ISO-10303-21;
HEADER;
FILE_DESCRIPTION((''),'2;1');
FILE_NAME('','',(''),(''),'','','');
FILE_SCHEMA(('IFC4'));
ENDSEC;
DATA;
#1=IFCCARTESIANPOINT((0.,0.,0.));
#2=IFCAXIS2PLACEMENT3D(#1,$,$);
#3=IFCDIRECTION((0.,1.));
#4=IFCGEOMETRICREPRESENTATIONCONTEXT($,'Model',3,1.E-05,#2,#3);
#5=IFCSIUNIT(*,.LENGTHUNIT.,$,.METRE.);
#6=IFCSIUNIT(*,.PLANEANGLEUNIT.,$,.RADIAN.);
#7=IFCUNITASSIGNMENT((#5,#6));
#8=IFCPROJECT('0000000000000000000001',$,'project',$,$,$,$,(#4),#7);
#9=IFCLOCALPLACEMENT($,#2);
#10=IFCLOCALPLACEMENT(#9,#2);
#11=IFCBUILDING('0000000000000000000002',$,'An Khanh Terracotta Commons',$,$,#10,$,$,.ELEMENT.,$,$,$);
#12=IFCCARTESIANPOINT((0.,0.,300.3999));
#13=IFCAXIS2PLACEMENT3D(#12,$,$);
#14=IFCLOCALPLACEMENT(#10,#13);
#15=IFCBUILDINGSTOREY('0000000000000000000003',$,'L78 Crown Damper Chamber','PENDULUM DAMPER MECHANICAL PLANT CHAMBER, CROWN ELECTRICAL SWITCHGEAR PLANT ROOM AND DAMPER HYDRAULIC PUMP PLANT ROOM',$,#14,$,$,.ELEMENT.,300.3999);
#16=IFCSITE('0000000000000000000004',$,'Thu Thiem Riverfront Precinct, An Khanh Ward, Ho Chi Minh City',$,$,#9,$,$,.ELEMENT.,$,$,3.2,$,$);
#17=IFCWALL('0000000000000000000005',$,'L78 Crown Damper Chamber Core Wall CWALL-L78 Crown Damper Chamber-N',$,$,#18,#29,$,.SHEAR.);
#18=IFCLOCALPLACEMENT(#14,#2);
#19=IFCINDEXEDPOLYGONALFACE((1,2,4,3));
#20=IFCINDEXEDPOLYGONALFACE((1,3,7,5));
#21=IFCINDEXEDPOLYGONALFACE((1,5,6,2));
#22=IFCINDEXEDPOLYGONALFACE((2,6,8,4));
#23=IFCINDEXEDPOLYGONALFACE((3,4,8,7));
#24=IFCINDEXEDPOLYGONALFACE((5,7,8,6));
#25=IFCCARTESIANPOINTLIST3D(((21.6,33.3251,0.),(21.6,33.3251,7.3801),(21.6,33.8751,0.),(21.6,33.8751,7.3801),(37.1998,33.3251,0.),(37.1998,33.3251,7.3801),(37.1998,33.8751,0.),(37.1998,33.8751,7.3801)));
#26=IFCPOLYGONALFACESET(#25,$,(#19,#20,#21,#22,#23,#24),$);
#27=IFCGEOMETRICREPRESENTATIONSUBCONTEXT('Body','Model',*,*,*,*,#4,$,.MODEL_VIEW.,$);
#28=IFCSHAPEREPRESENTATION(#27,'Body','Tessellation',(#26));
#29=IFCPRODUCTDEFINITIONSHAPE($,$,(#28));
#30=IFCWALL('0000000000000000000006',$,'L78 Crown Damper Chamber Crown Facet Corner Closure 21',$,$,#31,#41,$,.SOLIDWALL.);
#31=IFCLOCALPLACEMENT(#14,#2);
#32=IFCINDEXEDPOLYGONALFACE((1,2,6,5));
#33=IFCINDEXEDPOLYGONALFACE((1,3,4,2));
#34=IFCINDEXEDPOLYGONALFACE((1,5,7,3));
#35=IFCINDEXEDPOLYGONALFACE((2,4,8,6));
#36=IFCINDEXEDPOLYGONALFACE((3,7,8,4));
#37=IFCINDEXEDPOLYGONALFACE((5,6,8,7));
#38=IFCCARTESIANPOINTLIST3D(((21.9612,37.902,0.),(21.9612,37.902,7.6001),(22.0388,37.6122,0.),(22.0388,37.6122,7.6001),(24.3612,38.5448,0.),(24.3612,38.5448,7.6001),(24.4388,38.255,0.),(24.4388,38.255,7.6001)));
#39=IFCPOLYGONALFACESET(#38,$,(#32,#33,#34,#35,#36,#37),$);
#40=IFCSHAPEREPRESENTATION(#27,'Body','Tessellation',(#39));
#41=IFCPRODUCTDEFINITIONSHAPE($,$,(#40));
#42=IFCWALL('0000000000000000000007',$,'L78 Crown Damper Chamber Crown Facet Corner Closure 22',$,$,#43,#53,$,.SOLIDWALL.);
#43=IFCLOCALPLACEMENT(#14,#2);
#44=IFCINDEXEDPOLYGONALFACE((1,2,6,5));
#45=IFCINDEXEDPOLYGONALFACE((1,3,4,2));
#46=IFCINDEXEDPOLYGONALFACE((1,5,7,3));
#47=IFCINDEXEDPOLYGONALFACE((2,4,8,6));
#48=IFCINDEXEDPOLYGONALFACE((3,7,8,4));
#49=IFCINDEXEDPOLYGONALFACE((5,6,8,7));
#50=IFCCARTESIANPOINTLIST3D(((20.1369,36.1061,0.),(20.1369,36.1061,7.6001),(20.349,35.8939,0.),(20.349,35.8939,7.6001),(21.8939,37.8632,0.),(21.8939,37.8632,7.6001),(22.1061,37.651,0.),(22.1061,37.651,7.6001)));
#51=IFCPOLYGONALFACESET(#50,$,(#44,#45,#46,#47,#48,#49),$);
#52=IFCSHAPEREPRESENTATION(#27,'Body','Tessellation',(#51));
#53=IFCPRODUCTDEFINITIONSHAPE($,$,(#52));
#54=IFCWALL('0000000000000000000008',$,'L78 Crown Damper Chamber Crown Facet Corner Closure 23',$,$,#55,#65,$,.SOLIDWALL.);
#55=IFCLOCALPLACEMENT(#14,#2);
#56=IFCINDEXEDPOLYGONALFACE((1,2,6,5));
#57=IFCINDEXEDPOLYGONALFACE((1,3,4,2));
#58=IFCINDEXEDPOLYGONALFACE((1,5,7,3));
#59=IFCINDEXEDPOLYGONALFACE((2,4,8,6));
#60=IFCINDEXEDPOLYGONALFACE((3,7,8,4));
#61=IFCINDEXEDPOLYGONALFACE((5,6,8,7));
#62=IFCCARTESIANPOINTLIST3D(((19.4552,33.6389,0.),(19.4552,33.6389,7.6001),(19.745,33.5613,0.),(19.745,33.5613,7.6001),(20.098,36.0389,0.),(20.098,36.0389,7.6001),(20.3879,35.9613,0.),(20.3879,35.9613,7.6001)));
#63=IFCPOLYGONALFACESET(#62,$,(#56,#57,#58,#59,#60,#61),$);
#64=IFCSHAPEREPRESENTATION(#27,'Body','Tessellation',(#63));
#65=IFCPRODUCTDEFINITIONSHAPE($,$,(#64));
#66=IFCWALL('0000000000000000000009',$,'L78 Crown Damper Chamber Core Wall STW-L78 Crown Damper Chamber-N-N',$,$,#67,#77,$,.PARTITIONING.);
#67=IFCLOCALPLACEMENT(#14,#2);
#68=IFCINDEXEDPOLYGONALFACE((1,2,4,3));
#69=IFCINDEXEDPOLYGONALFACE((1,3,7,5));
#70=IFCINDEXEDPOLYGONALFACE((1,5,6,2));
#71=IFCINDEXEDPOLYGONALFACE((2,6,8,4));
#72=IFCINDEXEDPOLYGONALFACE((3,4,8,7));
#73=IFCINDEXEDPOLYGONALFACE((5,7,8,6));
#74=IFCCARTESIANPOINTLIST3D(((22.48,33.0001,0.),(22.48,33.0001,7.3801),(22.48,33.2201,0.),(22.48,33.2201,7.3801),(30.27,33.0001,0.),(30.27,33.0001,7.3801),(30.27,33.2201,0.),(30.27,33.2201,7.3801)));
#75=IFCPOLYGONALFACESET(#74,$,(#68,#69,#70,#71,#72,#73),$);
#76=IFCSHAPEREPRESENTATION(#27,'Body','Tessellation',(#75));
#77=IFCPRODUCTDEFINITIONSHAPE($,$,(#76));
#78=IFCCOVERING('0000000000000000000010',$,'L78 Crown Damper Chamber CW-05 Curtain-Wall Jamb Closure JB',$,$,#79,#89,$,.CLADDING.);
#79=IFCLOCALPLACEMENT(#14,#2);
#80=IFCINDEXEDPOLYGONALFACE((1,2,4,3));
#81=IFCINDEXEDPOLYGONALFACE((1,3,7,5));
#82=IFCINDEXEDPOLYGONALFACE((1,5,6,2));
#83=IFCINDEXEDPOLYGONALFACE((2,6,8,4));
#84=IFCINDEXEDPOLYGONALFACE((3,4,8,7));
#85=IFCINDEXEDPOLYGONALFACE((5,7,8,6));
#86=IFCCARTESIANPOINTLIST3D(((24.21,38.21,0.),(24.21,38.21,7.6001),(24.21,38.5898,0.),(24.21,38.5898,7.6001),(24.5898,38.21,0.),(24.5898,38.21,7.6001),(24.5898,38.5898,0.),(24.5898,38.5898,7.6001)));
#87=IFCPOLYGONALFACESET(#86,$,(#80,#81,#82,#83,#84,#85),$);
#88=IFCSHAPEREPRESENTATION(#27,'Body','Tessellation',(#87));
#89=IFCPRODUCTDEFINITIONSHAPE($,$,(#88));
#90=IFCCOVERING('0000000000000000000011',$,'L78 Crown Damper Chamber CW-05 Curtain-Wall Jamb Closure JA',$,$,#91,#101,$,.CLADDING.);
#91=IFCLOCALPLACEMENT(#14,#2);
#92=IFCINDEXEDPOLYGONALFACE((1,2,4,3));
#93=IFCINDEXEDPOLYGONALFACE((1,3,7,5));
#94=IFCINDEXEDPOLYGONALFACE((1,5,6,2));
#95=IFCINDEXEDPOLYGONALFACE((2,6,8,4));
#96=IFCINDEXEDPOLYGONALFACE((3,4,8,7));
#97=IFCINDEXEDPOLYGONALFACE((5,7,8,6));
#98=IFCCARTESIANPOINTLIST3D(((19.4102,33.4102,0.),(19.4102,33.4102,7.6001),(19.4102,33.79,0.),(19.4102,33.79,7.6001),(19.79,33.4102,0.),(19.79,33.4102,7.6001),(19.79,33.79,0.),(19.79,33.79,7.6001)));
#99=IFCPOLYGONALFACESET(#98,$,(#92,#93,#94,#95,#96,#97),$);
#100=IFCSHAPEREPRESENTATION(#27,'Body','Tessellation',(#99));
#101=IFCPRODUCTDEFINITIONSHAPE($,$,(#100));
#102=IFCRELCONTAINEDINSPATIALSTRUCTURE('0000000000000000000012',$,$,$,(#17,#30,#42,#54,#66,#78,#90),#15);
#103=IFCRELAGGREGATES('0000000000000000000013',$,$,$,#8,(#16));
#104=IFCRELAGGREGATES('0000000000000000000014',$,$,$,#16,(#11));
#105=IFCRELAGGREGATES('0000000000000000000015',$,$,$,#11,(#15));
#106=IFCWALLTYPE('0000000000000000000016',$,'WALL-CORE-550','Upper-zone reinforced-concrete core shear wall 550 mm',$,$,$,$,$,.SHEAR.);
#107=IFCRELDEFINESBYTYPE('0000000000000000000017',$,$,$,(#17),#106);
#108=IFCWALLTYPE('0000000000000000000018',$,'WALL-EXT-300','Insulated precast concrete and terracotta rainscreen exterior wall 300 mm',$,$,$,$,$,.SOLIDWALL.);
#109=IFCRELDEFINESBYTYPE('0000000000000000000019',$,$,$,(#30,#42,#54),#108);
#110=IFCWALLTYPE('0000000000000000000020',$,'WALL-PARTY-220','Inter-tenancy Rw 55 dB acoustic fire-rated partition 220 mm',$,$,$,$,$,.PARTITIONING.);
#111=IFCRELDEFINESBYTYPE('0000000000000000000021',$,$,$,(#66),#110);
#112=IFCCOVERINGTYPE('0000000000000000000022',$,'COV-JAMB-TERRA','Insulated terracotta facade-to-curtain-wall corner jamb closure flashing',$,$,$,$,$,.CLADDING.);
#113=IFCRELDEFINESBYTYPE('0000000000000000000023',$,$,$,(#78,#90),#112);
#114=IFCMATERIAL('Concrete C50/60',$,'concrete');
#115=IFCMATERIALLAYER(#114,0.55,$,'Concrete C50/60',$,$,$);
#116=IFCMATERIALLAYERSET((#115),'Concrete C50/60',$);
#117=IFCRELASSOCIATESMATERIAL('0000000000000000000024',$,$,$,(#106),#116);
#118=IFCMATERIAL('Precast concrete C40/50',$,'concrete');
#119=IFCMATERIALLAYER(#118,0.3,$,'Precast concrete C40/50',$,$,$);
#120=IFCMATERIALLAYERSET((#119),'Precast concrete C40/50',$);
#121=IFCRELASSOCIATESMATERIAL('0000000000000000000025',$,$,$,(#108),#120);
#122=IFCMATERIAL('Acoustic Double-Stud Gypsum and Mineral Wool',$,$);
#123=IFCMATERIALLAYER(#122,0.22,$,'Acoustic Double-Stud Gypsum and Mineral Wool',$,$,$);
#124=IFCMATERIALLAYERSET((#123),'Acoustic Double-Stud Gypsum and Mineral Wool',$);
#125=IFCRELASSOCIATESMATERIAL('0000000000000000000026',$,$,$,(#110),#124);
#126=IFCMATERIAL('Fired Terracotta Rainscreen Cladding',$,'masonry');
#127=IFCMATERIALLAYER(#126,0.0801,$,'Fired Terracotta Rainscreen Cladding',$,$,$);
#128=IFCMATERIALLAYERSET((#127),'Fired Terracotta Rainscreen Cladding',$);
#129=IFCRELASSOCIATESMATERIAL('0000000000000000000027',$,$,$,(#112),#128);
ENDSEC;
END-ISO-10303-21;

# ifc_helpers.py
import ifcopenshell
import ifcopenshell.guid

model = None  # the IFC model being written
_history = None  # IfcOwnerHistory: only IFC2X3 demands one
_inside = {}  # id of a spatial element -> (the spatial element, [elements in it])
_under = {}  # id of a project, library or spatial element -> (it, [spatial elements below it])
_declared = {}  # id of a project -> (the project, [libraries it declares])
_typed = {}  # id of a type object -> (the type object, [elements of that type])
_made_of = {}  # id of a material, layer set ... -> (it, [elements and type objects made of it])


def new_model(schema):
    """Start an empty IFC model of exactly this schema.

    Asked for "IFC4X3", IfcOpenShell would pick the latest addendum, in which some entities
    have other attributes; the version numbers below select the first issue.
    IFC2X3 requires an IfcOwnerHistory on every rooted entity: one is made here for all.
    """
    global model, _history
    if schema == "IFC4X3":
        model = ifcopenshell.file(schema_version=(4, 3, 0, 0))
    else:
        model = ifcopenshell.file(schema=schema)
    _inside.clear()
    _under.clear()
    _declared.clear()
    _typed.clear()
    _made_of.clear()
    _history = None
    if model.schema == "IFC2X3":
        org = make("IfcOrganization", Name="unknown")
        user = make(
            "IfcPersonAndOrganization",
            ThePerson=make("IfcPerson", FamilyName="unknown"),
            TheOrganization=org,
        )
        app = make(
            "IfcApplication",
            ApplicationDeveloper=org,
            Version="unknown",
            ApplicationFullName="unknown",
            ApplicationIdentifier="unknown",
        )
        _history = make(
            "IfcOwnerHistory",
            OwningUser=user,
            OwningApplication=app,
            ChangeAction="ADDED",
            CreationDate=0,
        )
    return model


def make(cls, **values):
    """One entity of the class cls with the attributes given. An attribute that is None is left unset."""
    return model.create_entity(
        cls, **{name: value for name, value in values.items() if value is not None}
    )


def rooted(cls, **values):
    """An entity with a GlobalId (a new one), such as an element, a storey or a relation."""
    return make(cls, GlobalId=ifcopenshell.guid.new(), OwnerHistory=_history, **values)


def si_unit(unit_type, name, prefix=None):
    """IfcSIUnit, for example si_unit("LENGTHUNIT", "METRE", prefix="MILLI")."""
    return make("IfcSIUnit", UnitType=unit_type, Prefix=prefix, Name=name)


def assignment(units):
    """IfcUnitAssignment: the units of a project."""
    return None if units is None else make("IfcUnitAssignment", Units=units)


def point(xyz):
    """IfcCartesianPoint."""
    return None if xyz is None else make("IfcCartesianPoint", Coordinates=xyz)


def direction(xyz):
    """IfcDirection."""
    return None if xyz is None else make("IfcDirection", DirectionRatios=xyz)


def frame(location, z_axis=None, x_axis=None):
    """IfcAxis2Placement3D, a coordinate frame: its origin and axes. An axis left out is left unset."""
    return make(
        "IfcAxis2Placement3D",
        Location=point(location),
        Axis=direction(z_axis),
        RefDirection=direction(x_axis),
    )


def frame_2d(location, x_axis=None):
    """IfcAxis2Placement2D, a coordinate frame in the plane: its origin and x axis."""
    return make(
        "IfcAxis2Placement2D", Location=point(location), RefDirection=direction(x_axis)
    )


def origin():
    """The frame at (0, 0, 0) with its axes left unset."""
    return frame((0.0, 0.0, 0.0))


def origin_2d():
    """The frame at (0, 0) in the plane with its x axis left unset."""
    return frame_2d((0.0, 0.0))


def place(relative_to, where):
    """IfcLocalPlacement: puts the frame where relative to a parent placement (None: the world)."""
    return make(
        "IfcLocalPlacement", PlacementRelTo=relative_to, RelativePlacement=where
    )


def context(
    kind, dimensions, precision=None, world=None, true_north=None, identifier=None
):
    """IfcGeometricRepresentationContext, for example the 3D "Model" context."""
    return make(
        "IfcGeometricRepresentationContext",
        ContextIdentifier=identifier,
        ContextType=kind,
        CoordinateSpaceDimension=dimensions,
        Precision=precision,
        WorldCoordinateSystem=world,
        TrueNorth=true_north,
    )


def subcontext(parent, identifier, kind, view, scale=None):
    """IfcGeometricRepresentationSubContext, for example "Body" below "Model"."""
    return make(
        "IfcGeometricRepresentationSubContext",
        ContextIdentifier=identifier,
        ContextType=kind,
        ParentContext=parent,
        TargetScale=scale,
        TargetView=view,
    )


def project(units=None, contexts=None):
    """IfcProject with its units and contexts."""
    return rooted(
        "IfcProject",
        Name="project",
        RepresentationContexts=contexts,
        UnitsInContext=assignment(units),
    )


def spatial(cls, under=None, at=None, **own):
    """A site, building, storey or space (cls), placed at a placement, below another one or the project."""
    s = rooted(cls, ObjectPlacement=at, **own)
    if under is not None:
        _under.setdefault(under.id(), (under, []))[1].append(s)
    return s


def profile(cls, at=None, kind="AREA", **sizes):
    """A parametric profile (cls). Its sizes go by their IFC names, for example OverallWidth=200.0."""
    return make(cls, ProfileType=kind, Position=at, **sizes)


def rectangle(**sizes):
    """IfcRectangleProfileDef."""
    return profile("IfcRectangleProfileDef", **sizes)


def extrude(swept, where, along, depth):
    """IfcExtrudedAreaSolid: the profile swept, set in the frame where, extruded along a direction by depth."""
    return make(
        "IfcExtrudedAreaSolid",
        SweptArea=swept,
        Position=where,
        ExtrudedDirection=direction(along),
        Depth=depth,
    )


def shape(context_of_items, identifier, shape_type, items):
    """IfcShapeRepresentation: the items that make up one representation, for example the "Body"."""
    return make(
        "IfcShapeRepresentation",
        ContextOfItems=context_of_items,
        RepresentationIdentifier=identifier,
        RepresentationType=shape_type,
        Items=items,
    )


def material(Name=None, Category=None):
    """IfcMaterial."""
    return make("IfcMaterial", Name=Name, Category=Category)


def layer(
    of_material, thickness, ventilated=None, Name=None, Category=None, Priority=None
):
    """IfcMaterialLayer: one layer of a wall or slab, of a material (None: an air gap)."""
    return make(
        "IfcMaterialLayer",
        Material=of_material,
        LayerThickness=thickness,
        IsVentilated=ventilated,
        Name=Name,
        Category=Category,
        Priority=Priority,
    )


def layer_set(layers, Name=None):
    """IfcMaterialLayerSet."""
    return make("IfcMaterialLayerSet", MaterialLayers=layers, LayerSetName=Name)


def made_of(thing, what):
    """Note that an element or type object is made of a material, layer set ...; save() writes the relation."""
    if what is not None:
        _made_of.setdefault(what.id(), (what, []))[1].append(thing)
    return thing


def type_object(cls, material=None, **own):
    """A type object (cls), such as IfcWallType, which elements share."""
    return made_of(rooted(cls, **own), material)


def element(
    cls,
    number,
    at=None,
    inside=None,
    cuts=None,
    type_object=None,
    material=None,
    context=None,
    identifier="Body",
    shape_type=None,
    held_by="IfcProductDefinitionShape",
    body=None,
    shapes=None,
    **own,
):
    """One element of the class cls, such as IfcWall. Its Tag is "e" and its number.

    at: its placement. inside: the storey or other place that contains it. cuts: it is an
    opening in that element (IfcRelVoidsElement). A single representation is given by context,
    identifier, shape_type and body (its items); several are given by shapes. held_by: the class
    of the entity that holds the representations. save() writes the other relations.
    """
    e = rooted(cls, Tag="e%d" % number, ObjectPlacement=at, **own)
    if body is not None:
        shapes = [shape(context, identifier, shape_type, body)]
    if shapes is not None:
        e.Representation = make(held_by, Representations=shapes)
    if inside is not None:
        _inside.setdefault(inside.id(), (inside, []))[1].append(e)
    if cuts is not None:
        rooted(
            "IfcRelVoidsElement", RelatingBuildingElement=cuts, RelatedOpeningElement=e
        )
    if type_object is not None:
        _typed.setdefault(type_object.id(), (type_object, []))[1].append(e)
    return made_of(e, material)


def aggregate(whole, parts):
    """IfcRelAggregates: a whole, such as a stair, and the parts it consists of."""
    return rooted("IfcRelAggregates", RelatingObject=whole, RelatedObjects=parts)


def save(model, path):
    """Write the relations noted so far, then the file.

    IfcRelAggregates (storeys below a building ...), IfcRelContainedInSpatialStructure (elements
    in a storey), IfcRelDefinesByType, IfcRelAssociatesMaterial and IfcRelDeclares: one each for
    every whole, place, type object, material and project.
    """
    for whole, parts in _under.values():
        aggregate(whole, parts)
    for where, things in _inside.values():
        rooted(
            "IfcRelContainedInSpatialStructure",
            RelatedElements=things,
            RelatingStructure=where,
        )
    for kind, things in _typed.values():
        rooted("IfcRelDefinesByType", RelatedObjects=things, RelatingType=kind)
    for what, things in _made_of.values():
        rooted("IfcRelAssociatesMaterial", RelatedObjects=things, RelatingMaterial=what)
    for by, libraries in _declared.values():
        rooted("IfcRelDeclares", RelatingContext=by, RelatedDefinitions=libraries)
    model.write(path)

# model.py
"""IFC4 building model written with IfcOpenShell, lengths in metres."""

from ifc_helpers import new_model, si_unit, direction, frame, frame_2d, origin, origin_2d, place, context, subcontext, project, spatial, rectangle, extrude, material, layer, layer_set, type_object, element, save


model = new_model("IFC4")

# Units and contexts
model_context = context("Model", 3, precision=1e-05, world=origin(), true_north=direction((0.0, 1.0)))
body_context = subcontext(model_context, "Body", "Model", "MODEL_VIEW")
ifc_project = project(units=[si_unit("LENGTHUNIT", "METRE"), si_unit("PLANEANGLEUNIT", "RADIAN")], contexts=[model_context])

# Site, building, storey
site_placement = place(None, origin())
site = spatial("IfcSite", under=ifc_project, at=site_placement, Name="Thu Thiem Riverfront Precinct, An Khanh Ward, Ho Chi Minh City", CompositionType="ELEMENT", RefElevation=3.2)
building_placement = place(site_placement, origin())
building = spatial("IfcBuilding", under=site, at=building_placement, Name="An Khanh Terracotta Commons", CompositionType="ELEMENT")
storey_placement = place(building_placement, frame((0.0, 0.0, 300.3999)))
storey = spatial("IfcBuildingStorey", under=building, at=storey_placement, Name="L78 Crown Damper Chamber", Description="PENDULUM DAMPER MECHANICAL PLANT CHAMBER, CROWN ELECTRICAL SWITCHGEAR PLANT ROOM AND DAMPER HYDRAULIC PUMP PLANT ROOM", CompositionType="ELEMENT", Elevation=300.3999)

# Shared definitions
ifc_material_1 = material(Name="Concrete C50/60", Category="concrete")

# Walls
ifc_layer_1 = layer(ifc_material_1, 0.55, Name="Concrete C50/60")
ifc_layer_set_1 = layer_set([ifc_layer_1], Name="Concrete C50/60")
wall_type_1 = type_object("IfcWallType", Name="WALL-CORE-550", Description="Upper-zone reinforced-concrete core shear wall 550 mm", PredefinedType="SHEAR", material=ifc_layer_set_1)
wall_1_placement = place(storey_placement, frame((21.6001, 33.6001, 0.0), z_axis=(0.0, 0.0, 1.0), x_axis=(1.0, 0.0, 0.0)))
element("IfcWall", 1, at=wall_1_placement, inside=storey, type_object=wall_type_1, Name="L78 Crown Damper Chamber Core Wall CWALL-L78 Crown Damper Chamber-N", PredefinedType="SHEAR", context=body_context, shape_type="SweptSolid", body=[
    extrude(rectangle(XDim=15.5999, YDim=0.55, at=frame_2d((7.7998, 0.0))), origin(), (0.0, 0.0, 1.0), 7.3801),
])
ifc_material_2 = material(Name="Precast concrete C40/50", Category="concrete")
ifc_layer_2 = layer(ifc_material_2, 0.3, Name="Precast concrete C40/50")
ifc_layer_set_2 = layer_set([ifc_layer_2], Name="Precast concrete C40/50")
wall_type_2 = type_object("IfcWallType", Name="WALL-EXT-300", Description="Insulated precast concrete and terracotta rainscreen exterior wall 300 mm", PredefinedType="SOLIDWALL", material=ifc_layer_set_2)
wall_2_placement = place(storey_placement, frame((24.3999, 38.3999, 0.0), z_axis=(0.0, 0.0, 1.0), x_axis=(-0.965949, -0.258733, 0.0)))
element("IfcWall", 2, at=wall_2_placement, inside=storey, type_object=wall_type_2, Name="L78 Crown Damper Chamber Crown Facet Corner Closure 21", PredefinedType="SOLIDWALL", context=body_context, shape_type="SweptSolid", body=[
    extrude(rectangle(XDim=2.4846, YDim=0.3, at=frame_2d((1.2422, 0.0))), origin(), (0.0, 0.0, 1.0), 7.6001),
])
wall_3_placement = place(storey_placement, frame((22.0, 37.7571, 0.0), z_axis=(0.0, 0.0, 1.0), x_axis=(-0.707107, -0.707107, 0.0)))
element("IfcWall", 3, at=wall_3_placement, inside=storey, type_object=wall_type_2, Name="L78 Crown Damper Chamber Crown Facet Corner Closure 22", PredefinedType="SOLIDWALL", context=body_context, shape_type="SweptSolid", body=[
    extrude(rectangle(XDim=2.4849, YDim=0.3, at=frame_2d((1.2424, 0.0))), origin(), (0.0, 0.0, 1.0), 7.6001),
])
wall_4_placement = place(storey_placement, frame((20.2429, 36.0, 0.0), z_axis=(0.0, 0.0, 1.0), x_axis=(-0.258733, -0.965949, 0.0)))
element("IfcWall", 4, at=wall_4_placement, inside=storey, type_object=wall_type_2, Name="L78 Crown Damper Chamber Crown Facet Corner Closure 23", PredefinedType="SOLIDWALL", context=body_context, shape_type="SweptSolid", body=[
    extrude(rectangle(XDim=2.4846, YDim=0.3, at=frame_2d((1.2422, 0.0))), origin(), (0.0, 0.0, 1.0), 7.6001),
])
ifc_material_3 = material(Name="Acoustic Double-Stud Gypsum and Mineral Wool")
ifc_layer_3 = layer(ifc_material_3, 0.22, Name="Acoustic Double-Stud Gypsum and Mineral Wool")
ifc_layer_set_3 = layer_set([ifc_layer_3], Name="Acoustic Double-Stud Gypsum and Mineral Wool")
wall_type_3 = type_object("IfcWallType", Name="WALL-PARTY-220", Description="Inter-tenancy Rw 55 dB acoustic fire-rated partition 220 mm", PredefinedType="PARTITIONING", material=ifc_layer_set_3)
wall_5_placement = place(storey_placement, frame((22.48, 33.1101, 0.0), z_axis=(0.0, 0.0, 1.0), x_axis=(1.0, 0.0, 0.0)))
element("IfcWall", 5, at=wall_5_placement, inside=storey, type_object=wall_type_3, Name="L78 Crown Damper Chamber Core Wall STW-L78 Crown Damper Chamber-N-N", PredefinedType="PARTITIONING", context=body_context, shape_type="SweptSolid", body=[
    extrude(rectangle(XDim=7.79, YDim=0.22, at=frame_2d((3.895, 0.0))), origin(), (0.0, 0.0, 1.0), 7.3801),
])

# Coverings
ifc_material_4 = material(Name="Fired Terracotta Rainscreen Cladding", Category="masonry")
ifc_layer_4 = layer(ifc_material_4, 0.0801, Name="Fired Terracotta Rainscreen Cladding")
ifc_layer_set_4 = layer_set([ifc_layer_4], Name="Fired Terracotta Rainscreen Cladding")
covering_type = type_object("IfcCoveringType", Name="COV-JAMB-TERRA", Description="Insulated terracotta facade-to-curtain-wall corner jamb closure flashing", PredefinedType="CLADDING", material=ifc_layer_set_4)
for number, where, z_axis, x_axis, name in (
    (6, (24.3999, 38.3999, 0.0), (0.0, 0.0, 1.0), (1.0, 0.0, 0.0), "L78 Crown Damper Chamber CW-05 Curtain-Wall Jamb Closure JB"),
    (7, (19.6001, 33.6001, 0.0), (0.0, 0.0, 1.0), (1.0, 0.0, 0.0), "L78 Crown Damper Chamber CW-05 Curtain-Wall Jamb Closure JA"),
):
    element("IfcCovering", number, at=place(storey_placement, frame(where, z_axis=z_axis, x_axis=x_axis)), inside=storey, type_object=covering_type, Name=name, PredefinedType="CLADDING", context=body_context, shape_type="SweptSolid", body=[
        extrude(rectangle(XDim=0.3799, YDim=0.3799, at=origin_2d()), origin(), (0.0, 0.0, 1.0), 7.6001),
    ])

save(model, "model.ifc")
